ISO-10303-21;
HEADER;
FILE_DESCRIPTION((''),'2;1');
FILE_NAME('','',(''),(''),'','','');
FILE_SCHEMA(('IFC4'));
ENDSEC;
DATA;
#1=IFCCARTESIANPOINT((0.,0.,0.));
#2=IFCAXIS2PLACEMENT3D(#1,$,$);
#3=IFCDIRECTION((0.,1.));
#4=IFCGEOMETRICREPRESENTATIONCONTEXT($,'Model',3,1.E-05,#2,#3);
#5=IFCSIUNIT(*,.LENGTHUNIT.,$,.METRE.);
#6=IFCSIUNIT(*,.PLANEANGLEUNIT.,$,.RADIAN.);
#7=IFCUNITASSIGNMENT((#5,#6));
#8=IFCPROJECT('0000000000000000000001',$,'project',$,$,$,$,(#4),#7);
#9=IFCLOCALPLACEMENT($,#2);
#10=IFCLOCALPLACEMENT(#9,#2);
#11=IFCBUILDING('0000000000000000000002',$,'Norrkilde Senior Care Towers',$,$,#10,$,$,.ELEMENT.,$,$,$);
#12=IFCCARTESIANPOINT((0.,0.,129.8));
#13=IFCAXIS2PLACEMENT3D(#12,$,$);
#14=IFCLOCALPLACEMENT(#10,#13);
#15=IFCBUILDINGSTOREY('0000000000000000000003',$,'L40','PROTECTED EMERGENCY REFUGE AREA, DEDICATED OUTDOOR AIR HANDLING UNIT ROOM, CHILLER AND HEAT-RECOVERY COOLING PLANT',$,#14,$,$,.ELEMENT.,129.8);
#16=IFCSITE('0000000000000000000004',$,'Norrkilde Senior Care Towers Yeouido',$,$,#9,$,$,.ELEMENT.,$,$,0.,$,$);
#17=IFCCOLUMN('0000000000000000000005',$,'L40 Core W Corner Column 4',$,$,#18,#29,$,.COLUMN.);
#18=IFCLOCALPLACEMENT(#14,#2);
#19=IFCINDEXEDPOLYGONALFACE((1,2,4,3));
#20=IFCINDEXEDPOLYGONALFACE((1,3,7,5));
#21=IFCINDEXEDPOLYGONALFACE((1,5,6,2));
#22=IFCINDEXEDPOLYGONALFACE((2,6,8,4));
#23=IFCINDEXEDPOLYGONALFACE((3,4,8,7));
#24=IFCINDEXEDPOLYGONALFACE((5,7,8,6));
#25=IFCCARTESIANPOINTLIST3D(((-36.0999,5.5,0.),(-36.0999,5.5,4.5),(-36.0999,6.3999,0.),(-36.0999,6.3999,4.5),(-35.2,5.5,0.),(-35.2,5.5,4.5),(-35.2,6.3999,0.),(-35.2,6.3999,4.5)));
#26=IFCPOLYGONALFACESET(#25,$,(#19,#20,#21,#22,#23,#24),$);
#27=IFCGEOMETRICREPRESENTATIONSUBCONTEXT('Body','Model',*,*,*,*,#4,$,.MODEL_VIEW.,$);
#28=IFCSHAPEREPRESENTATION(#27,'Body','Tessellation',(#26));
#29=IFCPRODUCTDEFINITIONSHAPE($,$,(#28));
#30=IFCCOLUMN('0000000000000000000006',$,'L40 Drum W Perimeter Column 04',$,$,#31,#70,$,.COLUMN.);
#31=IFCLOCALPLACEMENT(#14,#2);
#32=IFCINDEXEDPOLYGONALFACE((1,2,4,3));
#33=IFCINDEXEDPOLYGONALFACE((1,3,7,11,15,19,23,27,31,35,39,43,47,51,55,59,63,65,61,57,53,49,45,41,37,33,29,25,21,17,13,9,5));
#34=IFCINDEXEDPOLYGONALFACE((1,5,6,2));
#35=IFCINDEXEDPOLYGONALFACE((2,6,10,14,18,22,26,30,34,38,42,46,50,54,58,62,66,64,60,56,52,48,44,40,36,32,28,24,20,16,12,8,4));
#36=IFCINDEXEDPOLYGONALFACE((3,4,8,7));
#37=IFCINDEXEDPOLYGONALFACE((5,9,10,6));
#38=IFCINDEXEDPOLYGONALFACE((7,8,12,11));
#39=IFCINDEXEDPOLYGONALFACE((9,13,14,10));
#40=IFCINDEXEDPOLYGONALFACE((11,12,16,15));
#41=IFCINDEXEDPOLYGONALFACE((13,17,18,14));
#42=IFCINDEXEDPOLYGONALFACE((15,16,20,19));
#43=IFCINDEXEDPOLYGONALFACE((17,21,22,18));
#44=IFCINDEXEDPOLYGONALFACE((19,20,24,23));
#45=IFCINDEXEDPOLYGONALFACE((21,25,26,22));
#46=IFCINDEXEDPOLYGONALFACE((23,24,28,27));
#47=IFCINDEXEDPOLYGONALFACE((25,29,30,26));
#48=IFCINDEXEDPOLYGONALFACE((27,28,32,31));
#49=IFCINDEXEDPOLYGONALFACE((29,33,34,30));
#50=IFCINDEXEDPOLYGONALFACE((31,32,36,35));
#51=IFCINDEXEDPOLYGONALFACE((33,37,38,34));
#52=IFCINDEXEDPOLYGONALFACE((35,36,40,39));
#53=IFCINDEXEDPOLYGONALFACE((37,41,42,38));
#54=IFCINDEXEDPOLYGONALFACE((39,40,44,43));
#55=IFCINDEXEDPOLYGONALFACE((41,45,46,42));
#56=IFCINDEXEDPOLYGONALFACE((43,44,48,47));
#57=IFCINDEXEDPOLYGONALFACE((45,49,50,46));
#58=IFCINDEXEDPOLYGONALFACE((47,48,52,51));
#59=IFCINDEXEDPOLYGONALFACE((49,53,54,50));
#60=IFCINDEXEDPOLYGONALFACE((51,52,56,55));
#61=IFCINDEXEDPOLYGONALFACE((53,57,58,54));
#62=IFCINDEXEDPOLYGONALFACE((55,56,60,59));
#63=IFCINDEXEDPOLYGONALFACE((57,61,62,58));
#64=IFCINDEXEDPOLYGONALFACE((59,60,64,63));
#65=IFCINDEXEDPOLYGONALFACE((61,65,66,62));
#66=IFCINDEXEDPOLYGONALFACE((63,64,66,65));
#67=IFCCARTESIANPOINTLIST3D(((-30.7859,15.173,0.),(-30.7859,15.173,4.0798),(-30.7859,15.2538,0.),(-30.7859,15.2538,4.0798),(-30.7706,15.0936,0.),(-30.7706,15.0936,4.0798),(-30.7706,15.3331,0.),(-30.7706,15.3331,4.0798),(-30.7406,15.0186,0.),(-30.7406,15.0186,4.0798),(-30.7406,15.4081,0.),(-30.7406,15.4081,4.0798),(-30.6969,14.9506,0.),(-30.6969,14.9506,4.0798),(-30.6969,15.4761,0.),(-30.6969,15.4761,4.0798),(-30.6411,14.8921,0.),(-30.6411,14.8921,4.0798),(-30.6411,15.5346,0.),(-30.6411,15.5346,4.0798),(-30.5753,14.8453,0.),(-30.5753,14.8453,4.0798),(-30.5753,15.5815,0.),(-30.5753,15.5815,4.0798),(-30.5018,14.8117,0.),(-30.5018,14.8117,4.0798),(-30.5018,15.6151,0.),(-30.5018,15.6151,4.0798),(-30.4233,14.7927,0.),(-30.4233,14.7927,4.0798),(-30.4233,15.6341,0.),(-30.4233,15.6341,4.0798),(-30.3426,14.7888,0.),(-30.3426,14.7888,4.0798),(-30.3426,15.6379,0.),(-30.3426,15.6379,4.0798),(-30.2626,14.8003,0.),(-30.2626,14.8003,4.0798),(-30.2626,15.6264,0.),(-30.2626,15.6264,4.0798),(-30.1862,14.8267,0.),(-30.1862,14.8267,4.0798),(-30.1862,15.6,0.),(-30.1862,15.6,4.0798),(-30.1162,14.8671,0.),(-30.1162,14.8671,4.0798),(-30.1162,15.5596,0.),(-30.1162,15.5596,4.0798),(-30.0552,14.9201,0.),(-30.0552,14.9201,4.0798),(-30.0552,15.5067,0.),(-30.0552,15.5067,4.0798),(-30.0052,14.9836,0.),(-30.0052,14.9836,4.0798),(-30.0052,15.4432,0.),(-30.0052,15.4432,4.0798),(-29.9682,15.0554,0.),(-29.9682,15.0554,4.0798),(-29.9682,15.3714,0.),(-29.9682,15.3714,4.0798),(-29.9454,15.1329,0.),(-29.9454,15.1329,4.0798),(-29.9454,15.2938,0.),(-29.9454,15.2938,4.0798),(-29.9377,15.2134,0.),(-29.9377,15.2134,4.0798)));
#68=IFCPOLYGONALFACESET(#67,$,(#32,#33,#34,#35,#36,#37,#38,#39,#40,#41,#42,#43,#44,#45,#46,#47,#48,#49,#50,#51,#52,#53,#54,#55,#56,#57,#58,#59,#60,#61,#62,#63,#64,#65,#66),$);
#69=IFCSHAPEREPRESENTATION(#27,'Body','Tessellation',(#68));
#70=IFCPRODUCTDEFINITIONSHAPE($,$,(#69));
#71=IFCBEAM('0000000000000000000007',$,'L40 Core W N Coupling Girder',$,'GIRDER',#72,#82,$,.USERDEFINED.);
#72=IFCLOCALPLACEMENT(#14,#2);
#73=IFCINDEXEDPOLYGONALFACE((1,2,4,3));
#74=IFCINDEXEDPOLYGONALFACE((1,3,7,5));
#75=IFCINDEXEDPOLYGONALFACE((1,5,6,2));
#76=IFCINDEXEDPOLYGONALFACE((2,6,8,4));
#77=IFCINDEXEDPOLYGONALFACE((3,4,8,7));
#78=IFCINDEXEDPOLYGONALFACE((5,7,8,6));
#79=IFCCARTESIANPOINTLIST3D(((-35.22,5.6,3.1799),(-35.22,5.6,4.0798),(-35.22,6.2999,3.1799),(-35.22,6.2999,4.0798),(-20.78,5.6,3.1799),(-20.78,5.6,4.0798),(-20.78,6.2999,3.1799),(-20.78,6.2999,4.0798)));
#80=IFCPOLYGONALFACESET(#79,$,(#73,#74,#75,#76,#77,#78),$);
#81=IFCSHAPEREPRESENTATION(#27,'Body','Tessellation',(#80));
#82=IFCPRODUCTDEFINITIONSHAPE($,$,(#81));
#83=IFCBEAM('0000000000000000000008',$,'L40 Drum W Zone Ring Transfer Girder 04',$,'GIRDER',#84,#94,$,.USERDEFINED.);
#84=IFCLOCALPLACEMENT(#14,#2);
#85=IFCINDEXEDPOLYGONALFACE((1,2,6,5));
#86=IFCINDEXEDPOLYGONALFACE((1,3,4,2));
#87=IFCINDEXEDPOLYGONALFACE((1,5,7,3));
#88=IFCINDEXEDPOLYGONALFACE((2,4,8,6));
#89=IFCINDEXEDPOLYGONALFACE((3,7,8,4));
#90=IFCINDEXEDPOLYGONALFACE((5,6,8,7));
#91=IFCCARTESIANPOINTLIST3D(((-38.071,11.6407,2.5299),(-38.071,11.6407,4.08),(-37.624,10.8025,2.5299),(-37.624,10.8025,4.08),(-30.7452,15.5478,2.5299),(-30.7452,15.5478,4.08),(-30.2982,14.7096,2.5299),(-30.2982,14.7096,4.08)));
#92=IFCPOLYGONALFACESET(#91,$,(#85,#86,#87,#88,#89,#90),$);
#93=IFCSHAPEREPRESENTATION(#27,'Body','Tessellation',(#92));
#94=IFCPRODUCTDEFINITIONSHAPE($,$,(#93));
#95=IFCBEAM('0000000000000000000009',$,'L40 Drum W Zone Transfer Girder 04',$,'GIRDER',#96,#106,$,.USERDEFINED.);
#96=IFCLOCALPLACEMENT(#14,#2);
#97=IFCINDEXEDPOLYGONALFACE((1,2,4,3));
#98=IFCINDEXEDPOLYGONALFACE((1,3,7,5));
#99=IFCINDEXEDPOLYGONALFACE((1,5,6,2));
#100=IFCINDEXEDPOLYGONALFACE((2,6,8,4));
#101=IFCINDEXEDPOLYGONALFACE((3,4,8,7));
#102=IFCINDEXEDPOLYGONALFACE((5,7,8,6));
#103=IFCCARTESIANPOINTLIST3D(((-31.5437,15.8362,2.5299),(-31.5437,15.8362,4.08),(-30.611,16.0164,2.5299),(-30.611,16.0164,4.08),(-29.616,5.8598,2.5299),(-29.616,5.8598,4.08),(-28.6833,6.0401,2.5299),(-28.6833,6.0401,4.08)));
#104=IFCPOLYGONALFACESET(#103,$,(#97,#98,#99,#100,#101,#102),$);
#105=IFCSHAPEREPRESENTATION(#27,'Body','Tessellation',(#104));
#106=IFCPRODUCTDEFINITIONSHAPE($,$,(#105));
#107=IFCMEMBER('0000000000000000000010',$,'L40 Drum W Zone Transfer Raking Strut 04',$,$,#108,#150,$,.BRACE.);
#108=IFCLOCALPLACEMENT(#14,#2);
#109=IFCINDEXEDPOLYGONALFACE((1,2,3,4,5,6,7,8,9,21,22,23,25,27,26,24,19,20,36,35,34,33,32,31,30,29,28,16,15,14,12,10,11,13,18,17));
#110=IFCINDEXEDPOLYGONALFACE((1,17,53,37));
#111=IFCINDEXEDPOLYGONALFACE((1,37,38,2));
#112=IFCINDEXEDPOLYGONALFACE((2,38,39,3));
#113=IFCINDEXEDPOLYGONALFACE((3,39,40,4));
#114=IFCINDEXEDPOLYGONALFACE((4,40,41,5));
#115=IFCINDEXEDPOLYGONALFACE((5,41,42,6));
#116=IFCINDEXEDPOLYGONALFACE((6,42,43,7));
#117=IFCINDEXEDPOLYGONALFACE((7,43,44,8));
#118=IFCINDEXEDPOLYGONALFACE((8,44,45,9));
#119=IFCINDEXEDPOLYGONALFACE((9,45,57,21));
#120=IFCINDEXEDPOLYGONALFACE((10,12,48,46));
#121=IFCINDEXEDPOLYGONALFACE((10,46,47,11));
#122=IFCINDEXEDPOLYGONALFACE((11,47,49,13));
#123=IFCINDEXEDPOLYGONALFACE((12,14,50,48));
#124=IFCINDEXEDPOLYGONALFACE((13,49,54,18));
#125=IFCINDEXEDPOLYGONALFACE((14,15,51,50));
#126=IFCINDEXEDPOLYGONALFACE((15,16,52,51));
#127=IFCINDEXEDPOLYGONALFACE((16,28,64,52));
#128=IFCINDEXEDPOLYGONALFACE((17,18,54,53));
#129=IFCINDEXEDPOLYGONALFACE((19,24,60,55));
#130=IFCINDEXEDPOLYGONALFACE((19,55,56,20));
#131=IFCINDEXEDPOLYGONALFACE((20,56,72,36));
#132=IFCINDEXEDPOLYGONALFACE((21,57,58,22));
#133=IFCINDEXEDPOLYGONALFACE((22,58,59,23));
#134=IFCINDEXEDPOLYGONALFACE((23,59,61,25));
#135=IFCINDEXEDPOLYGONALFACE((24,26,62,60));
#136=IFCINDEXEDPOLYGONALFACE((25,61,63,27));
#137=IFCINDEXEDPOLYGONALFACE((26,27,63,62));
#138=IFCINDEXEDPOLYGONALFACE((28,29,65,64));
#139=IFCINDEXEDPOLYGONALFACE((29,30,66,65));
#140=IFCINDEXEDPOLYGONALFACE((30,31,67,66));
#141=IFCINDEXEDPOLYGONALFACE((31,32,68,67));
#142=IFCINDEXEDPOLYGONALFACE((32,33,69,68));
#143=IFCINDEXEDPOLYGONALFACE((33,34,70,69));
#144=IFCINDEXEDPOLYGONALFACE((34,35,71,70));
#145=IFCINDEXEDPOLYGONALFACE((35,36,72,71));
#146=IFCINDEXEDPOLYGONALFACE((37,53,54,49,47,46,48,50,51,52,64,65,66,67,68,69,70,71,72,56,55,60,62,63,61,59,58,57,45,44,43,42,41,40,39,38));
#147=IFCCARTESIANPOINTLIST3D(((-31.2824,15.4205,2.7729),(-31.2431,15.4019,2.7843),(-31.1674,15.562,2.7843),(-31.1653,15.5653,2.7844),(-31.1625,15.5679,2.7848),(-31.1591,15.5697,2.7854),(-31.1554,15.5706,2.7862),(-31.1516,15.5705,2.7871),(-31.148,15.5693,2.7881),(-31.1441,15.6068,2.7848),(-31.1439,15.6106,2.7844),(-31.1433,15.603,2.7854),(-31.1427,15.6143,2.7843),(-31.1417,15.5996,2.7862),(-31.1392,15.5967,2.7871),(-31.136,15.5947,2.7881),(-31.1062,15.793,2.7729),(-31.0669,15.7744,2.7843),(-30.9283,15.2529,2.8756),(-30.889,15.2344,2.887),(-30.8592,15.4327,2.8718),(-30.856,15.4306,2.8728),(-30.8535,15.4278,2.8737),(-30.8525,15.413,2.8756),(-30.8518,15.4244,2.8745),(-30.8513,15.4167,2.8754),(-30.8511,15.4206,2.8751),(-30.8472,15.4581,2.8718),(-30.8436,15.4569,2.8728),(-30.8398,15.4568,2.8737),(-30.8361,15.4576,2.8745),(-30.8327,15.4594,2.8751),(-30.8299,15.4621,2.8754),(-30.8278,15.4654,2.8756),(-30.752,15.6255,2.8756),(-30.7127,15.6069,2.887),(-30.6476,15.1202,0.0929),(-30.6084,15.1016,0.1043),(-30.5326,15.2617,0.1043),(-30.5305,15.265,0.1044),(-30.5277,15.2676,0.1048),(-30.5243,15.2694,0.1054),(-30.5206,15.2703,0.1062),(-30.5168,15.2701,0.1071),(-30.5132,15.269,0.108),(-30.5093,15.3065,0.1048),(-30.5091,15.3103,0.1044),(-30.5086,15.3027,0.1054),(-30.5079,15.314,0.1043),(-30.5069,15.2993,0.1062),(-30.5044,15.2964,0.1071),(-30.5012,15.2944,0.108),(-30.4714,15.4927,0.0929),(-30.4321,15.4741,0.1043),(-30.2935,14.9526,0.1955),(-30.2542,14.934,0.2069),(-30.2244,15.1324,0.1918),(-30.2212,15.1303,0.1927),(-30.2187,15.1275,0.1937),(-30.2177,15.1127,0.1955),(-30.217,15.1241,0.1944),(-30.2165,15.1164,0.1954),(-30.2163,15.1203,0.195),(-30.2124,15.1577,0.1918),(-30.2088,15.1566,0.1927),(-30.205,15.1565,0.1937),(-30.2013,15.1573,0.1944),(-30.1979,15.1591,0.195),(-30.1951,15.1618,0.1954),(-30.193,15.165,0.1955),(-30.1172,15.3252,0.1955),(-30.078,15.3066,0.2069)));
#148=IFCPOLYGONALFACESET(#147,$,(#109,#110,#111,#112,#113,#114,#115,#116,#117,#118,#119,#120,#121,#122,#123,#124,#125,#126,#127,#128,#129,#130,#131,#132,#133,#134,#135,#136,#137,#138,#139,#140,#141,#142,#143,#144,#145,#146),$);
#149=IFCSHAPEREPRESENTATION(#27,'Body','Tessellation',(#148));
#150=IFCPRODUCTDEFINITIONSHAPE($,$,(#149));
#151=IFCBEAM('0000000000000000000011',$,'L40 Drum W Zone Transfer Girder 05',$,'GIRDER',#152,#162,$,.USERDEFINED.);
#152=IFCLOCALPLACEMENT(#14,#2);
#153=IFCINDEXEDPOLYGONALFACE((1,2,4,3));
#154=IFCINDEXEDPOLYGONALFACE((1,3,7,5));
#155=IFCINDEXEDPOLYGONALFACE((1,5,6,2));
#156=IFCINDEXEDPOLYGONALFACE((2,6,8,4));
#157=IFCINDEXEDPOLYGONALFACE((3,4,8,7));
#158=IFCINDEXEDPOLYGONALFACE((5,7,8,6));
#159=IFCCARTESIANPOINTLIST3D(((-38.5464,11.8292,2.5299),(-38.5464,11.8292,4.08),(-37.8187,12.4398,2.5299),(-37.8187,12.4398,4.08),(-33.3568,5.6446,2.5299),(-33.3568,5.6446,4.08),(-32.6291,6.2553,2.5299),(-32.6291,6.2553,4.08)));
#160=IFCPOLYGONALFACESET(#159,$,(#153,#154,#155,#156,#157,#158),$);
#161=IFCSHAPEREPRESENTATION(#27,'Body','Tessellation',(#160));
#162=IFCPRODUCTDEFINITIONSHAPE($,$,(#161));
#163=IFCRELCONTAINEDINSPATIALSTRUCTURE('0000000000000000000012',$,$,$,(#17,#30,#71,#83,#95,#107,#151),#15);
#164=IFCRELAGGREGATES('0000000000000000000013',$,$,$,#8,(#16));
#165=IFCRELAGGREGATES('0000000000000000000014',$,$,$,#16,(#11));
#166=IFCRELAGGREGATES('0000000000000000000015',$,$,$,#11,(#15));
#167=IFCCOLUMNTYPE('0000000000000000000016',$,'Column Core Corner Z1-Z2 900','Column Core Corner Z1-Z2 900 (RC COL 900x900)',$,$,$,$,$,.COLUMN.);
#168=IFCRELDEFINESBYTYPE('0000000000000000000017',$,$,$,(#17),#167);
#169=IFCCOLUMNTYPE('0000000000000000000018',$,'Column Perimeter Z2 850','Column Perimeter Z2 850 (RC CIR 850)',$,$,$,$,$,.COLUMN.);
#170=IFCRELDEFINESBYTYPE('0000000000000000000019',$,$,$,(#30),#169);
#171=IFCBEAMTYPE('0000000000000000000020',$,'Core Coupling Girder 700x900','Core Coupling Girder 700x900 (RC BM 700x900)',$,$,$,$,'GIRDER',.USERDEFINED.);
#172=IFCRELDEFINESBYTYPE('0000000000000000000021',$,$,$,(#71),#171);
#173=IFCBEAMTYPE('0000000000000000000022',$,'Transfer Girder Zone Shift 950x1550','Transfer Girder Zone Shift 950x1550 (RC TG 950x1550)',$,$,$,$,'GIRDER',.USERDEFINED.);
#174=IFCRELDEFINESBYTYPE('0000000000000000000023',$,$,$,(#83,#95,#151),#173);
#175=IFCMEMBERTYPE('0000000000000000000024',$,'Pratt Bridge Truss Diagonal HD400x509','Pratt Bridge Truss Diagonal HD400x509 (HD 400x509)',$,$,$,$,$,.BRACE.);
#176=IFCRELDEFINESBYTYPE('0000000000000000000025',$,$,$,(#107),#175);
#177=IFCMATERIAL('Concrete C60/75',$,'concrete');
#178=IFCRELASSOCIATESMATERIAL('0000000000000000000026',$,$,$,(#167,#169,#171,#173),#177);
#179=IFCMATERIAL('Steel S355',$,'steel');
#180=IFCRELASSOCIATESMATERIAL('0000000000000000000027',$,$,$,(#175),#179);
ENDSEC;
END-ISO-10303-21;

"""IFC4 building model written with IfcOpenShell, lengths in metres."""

from ifc_helpers import new_model, si_unit, direction, frame, origin, origin_2d, place, context, subcontext, project, spatial, rectangle, circle, i_section, extrude, source, transform, mapped, material, material_profile, profile_set, type_object, type_shapes, element, save


model = new_model("IFC4")

# Units and contexts
model_context = context("Model", 3, precision=1e-05, world=origin(), true_north=direction((0.0, 1.0)))
body_context = subcontext(model_context, "Body", "Model", "MODEL_VIEW")
ifc_project = project(units=[si_unit("LENGTHUNIT", "METRE"), si_unit("PLANEANGLEUNIT", "RADIAN")], contexts=[model_context])

# Site, building, storey
site_placement = place(None, origin())
site = spatial("IfcSite", under=ifc_project, at=site_placement, Name="Norrkilde Senior Care Towers Yeouido", CompositionType="ELEMENT", RefElevation=0.0)
building_placement = place(site_placement, origin())
building = spatial("IfcBuilding", under=site, at=building_placement, Name="Norrkilde Senior Care Towers", CompositionType="ELEMENT")
storey_placement = place(building_placement, frame((0.0, 0.0, 129.8)))
storey = spatial("IfcBuildingStorey", under=building, at=storey_placement, Name="L40", Description="PROTECTED EMERGENCY REFUGE AREA, DEDICATED OUTDOOR AIR HANDLING UNIT ROOM, CHILLER AND HEAT-RECOVERY COOLING PLANT", CompositionType="ELEMENT", Elevation=129.8)

# Columns
ifc_material_1 = material(Name="Concrete C60/75", Category="concrete")
ifc_material_profile_1 = material_profile(ifc_material_1, rectangle(XDim=0.8999, YDim=0.8999, at=origin_2d()), Name="RC COL 900x900")
ifc_profile_set_1 = profile_set([ifc_material_profile_1], Name="Concrete C60/75")
column_type_1 = type_object("IfcColumnType", Name="Column Core Corner Z1-Z2 900", Description="Column Core Corner Z1-Z2 900 (RC COL 900x900)", PredefinedType="COLUMN", material=ifc_profile_set_1)
shared_shape_1 = source(origin(), body_context, "Body", "SweptSolid", [
    extrude(rectangle(XDim=0.8999, YDim=0.8999, at=origin_2d()), origin(), (0.0, 0.0, 1.0), 4.5),
])
type_shapes(column_type_1, [shared_shape_1])
column_1_placement = place(storey_placement, frame((-35.6499, 5.95, 0.0), z_axis=(0.0, 0.0, 1.0), x_axis=(1.0, 0.0, 0.0)))
element("IfcColumn", 1, at=column_1_placement, inside=storey, type_object=column_type_1, Name="L40 Core W Corner Column 4", PredefinedType="COLUMN", context=body_context, shape_type="MappedRepresentation", body=[
    mapped(shared_shape_1, transform((0.0, 0.0, 0.0), x_axis=(1.0, 0.0, 0.0), y_axis=(0.0, 1.0, 0.0), z_axis=(0.0, 0.0, 1.0), scale=1.0)),
])
ifc_material_profile_2 = material_profile(ifc_material_1, circle(Radius=0.425, at=origin_2d()), Name="RC CIR 850")
ifc_profile_set_2 = profile_set([ifc_material_profile_2], Name="Concrete C60/75")
column_type_2 = type_object("IfcColumnType", Name="Column Perimeter Z2 850", Description="Column Perimeter Z2 850 (RC CIR 850)", PredefinedType="COLUMN", material=ifc_profile_set_2)
shared_shape_2 = source(origin(), body_context, "Body", "SweptSolid", [
    extrude(circle(Radius=0.425, at=origin_2d()), origin(), (0.0, 0.0, 1.0), 4.0798),
])
type_shapes(column_type_2, [shared_shape_2])
column_2_placement = place(storey_placement, frame((-30.3628, 15.2134, 0.0), z_axis=(0.0, 0.0, 1.0), x_axis=(1.0, 0.0, 0.0)))
element("IfcColumn", 2, at=column_2_placement, inside=storey, type_object=column_type_2, Name="L40 Drum W Perimeter Column 04", PredefinedType="COLUMN", context=body_context, shape_type="MappedRepresentation", body=[
    mapped(shared_shape_2, transform((0.0, 0.0, 0.0), x_axis=(1.0, 0.0, 0.0), y_axis=(0.0, 1.0, 0.0), z_axis=(0.0, 0.0, 1.0), scale=1.0)),
])

# Beams
ifc_material_profile_3 = material_profile(ifc_material_1, rectangle(XDim=0.7, YDim=0.8999, at=origin_2d()), Name="RC BM 700x900")
ifc_profile_set_3 = profile_set([ifc_material_profile_3], Name="Concrete C60/75")
beam_type_1 = type_object("IfcBeamType", Name="Core Coupling Girder 700x900", Description="Core Coupling Girder 700x900 (RC BM 700x900)", ElementType="GIRDER", PredefinedType="USERDEFINED", material=ifc_profile_set_3)
shared_shape_3 = source(origin(), body_context, "Body", "SweptSolid", [
    extrude(rectangle(XDim=0.7, YDim=0.8999, at=origin_2d()), origin(), (0.0, 0.0, 1.0), 14.4399),
])
type_shapes(beam_type_1, [shared_shape_3])
beam_1_placement = place(storey_placement, frame((-35.22, 5.95, 3.6299), z_axis=(1.0, 0.0, 0.0), x_axis=(0.0, 1.0, 0.0)))
element("IfcBeam", 3, at=beam_1_placement, inside=storey, type_object=beam_type_1, Name="L40 Core W N Coupling Girder", ObjectType="GIRDER", PredefinedType="USERDEFINED", context=body_context, shape_type="MappedRepresentation", body=[
    mapped(shared_shape_3, transform((0.0, 0.0, 0.0), x_axis=(1.0, 0.0, 0.0), y_axis=(0.0, 1.0, 0.0), z_axis=(0.0, 0.0, 1.0), scale=1.0)),
])
ifc_material_profile_4 = material_profile(ifc_material_1, rectangle(XDim=0.95, YDim=1.55, at=origin_2d()), Name="RC TG 950x1550")
ifc_profile_set_4 = profile_set([ifc_material_profile_4], Name="Concrete C60/75")
beam_type_2 = type_object("IfcBeamType", Name="Transfer Girder Zone Shift 950x1550", Description="Transfer Girder Zone Shift 950x1550 (RC TG 950x1550)", ElementType="GIRDER", PredefinedType="USERDEFINED", material=ifc_profile_set_4)
shared_shape_4 = source(origin(), body_context, "Body", "SweptSolid", [
    extrude(rectangle(XDim=0.95, YDim=1.55, at=origin_2d()), origin(), (0.0, 0.0, 1.0), 8.3025),
])
beam_2_placement = place(storey_placement, frame((-30.5217, 15.1287, 3.3049), z_axis=(-0.882355, -0.470584, 0.0), x_axis=(0.470584, -0.882355, 0.0)))
element("IfcBeam", 4, at=beam_2_placement, inside=storey, type_object=beam_type_2, Name="L40 Drum W Zone Ring Transfer Girder 04", ObjectType="GIRDER", PredefinedType="USERDEFINED", context=body_context, shape_type="MappedRepresentation", body=[
    mapped(shared_shape_4, transform((0.0, 0.0, 0.0), x_axis=(1.0, 0.0, 0.0), y_axis=(0.0, 1.0, 0.0), z_axis=(0.0, 0.0, 1.0), scale=1.0)),
])
shared_shape_5 = source(origin(), body_context, "Body", "SweptSolid", [
    extrude(rectangle(XDim=0.95, YDim=1.55, at=origin_2d()), origin(), (0.0, 0.0, 1.0), 10.1609),
])
beam_3_placement = place(storey_placement, frame((-29.1497, 5.95, 3.3049), z_axis=(-0.189722, 0.981838, 0.0), x_axis=(-0.981838, -0.189722, 0.0)))
element("IfcBeam", 5, at=beam_3_placement, inside=storey, type_object=beam_type_2, Name="L40 Drum W Zone Transfer Girder 04", ObjectType="GIRDER", PredefinedType="USERDEFINED", context=body_context, shape_type="MappedRepresentation", body=[
    mapped(shared_shape_5, transform((0.0, 0.0, 0.0), x_axis=(1.0, 0.0, 0.0), y_axis=(0.0, 1.0, 0.0), z_axis=(0.0, 0.0, 1.0), scale=1.0)),
])

# Member
ifc_material_2 = material(Name="Steel S355", Category="steel")
ifc_material_profile_5 = material_profile(ifc_material_2, i_section(OverallWidth=0.4121, OverallDepth=0.45, WebThickness=0.0281, FlangeThickness=0.0449, FilletRadius=0.0149, at=origin_2d()), Name="HD 400x509")
ifc_profile_set_5 = profile_set([ifc_material_profile_5], Name="Steel S355")
member_type_1 = type_object("IfcMemberType", Name="Pratt Bridge Truss Diagonal HD400x509", Description="Pratt Bridge Truss Diagonal HD400x509 (HD 400x509)", PredefinedType="BRACE", material=ifc_profile_set_5)
shared_shape_6 = source(origin(), body_context, "Body", "SweptSolid", [
    extrude(i_section(OverallWidth=0.4121, OverallDepth=0.45, WebThickness=0.0281, FlangeThickness=0.0449, FilletRadius=0.0149, at=origin_2d()), origin(), (0.0, 0.0, 1.0), 2.7705),
])
type_shapes(member_type_1, [shared_shape_6])
member_1_placement = place(storey_placement, frame((-30.3628, 15.2134, 0.1499), z_axis=(-0.229124, 0.108393, 0.967343), x_axis=(-0.427638, -0.90395, 0.0)))
element("IfcMember", 6, at=member_1_placement, inside=storey, type_object=member_type_1, Name="L40 Drum W Zone Transfer Raking Strut 04", PredefinedType="BRACE", context=body_context, shape_type="MappedRepresentation", body=[
    mapped(shared_shape_6, transform((0.0, 0.0, 0.0), x_axis=(1.0, 0.0, 0.0), y_axis=(0.0, 1.0, 0.0), z_axis=(0.0, 0.0, 1.0), scale=1.0)),
])

# Beam
shared_shape_7 = source(origin(), body_context, "Body", "SweptSolid", [
    extrude(rectangle(XDim=0.95, YDim=1.55, at=origin_2d()), origin(), (0.0, 0.0, 1.0), 8.0735),
])
beam_4_placement = place(storey_placement, frame((-32.9929, 5.95, 3.3049), z_axis=(-0.642804, 0.766031, 0.0), x_axis=(-0.766031, -0.642804, 0.0)))
element("IfcBeam", 7, at=beam_4_placement, inside=storey, type_object=beam_type_2, Name="L40 Drum W Zone Transfer Girder 05", ObjectType="GIRDER", PredefinedType="USERDEFINED", context=body_context, shape_type="MappedRepresentation", body=[
    mapped(shared_shape_7, transform((0.0, 0.0, 0.0), x_axis=(1.0, 0.0, 0.0), y_axis=(0.0, 1.0, 0.0), z_axis=(0.0, 0.0, 1.0), scale=1.0)),
])

save(model, "model.ifc")
